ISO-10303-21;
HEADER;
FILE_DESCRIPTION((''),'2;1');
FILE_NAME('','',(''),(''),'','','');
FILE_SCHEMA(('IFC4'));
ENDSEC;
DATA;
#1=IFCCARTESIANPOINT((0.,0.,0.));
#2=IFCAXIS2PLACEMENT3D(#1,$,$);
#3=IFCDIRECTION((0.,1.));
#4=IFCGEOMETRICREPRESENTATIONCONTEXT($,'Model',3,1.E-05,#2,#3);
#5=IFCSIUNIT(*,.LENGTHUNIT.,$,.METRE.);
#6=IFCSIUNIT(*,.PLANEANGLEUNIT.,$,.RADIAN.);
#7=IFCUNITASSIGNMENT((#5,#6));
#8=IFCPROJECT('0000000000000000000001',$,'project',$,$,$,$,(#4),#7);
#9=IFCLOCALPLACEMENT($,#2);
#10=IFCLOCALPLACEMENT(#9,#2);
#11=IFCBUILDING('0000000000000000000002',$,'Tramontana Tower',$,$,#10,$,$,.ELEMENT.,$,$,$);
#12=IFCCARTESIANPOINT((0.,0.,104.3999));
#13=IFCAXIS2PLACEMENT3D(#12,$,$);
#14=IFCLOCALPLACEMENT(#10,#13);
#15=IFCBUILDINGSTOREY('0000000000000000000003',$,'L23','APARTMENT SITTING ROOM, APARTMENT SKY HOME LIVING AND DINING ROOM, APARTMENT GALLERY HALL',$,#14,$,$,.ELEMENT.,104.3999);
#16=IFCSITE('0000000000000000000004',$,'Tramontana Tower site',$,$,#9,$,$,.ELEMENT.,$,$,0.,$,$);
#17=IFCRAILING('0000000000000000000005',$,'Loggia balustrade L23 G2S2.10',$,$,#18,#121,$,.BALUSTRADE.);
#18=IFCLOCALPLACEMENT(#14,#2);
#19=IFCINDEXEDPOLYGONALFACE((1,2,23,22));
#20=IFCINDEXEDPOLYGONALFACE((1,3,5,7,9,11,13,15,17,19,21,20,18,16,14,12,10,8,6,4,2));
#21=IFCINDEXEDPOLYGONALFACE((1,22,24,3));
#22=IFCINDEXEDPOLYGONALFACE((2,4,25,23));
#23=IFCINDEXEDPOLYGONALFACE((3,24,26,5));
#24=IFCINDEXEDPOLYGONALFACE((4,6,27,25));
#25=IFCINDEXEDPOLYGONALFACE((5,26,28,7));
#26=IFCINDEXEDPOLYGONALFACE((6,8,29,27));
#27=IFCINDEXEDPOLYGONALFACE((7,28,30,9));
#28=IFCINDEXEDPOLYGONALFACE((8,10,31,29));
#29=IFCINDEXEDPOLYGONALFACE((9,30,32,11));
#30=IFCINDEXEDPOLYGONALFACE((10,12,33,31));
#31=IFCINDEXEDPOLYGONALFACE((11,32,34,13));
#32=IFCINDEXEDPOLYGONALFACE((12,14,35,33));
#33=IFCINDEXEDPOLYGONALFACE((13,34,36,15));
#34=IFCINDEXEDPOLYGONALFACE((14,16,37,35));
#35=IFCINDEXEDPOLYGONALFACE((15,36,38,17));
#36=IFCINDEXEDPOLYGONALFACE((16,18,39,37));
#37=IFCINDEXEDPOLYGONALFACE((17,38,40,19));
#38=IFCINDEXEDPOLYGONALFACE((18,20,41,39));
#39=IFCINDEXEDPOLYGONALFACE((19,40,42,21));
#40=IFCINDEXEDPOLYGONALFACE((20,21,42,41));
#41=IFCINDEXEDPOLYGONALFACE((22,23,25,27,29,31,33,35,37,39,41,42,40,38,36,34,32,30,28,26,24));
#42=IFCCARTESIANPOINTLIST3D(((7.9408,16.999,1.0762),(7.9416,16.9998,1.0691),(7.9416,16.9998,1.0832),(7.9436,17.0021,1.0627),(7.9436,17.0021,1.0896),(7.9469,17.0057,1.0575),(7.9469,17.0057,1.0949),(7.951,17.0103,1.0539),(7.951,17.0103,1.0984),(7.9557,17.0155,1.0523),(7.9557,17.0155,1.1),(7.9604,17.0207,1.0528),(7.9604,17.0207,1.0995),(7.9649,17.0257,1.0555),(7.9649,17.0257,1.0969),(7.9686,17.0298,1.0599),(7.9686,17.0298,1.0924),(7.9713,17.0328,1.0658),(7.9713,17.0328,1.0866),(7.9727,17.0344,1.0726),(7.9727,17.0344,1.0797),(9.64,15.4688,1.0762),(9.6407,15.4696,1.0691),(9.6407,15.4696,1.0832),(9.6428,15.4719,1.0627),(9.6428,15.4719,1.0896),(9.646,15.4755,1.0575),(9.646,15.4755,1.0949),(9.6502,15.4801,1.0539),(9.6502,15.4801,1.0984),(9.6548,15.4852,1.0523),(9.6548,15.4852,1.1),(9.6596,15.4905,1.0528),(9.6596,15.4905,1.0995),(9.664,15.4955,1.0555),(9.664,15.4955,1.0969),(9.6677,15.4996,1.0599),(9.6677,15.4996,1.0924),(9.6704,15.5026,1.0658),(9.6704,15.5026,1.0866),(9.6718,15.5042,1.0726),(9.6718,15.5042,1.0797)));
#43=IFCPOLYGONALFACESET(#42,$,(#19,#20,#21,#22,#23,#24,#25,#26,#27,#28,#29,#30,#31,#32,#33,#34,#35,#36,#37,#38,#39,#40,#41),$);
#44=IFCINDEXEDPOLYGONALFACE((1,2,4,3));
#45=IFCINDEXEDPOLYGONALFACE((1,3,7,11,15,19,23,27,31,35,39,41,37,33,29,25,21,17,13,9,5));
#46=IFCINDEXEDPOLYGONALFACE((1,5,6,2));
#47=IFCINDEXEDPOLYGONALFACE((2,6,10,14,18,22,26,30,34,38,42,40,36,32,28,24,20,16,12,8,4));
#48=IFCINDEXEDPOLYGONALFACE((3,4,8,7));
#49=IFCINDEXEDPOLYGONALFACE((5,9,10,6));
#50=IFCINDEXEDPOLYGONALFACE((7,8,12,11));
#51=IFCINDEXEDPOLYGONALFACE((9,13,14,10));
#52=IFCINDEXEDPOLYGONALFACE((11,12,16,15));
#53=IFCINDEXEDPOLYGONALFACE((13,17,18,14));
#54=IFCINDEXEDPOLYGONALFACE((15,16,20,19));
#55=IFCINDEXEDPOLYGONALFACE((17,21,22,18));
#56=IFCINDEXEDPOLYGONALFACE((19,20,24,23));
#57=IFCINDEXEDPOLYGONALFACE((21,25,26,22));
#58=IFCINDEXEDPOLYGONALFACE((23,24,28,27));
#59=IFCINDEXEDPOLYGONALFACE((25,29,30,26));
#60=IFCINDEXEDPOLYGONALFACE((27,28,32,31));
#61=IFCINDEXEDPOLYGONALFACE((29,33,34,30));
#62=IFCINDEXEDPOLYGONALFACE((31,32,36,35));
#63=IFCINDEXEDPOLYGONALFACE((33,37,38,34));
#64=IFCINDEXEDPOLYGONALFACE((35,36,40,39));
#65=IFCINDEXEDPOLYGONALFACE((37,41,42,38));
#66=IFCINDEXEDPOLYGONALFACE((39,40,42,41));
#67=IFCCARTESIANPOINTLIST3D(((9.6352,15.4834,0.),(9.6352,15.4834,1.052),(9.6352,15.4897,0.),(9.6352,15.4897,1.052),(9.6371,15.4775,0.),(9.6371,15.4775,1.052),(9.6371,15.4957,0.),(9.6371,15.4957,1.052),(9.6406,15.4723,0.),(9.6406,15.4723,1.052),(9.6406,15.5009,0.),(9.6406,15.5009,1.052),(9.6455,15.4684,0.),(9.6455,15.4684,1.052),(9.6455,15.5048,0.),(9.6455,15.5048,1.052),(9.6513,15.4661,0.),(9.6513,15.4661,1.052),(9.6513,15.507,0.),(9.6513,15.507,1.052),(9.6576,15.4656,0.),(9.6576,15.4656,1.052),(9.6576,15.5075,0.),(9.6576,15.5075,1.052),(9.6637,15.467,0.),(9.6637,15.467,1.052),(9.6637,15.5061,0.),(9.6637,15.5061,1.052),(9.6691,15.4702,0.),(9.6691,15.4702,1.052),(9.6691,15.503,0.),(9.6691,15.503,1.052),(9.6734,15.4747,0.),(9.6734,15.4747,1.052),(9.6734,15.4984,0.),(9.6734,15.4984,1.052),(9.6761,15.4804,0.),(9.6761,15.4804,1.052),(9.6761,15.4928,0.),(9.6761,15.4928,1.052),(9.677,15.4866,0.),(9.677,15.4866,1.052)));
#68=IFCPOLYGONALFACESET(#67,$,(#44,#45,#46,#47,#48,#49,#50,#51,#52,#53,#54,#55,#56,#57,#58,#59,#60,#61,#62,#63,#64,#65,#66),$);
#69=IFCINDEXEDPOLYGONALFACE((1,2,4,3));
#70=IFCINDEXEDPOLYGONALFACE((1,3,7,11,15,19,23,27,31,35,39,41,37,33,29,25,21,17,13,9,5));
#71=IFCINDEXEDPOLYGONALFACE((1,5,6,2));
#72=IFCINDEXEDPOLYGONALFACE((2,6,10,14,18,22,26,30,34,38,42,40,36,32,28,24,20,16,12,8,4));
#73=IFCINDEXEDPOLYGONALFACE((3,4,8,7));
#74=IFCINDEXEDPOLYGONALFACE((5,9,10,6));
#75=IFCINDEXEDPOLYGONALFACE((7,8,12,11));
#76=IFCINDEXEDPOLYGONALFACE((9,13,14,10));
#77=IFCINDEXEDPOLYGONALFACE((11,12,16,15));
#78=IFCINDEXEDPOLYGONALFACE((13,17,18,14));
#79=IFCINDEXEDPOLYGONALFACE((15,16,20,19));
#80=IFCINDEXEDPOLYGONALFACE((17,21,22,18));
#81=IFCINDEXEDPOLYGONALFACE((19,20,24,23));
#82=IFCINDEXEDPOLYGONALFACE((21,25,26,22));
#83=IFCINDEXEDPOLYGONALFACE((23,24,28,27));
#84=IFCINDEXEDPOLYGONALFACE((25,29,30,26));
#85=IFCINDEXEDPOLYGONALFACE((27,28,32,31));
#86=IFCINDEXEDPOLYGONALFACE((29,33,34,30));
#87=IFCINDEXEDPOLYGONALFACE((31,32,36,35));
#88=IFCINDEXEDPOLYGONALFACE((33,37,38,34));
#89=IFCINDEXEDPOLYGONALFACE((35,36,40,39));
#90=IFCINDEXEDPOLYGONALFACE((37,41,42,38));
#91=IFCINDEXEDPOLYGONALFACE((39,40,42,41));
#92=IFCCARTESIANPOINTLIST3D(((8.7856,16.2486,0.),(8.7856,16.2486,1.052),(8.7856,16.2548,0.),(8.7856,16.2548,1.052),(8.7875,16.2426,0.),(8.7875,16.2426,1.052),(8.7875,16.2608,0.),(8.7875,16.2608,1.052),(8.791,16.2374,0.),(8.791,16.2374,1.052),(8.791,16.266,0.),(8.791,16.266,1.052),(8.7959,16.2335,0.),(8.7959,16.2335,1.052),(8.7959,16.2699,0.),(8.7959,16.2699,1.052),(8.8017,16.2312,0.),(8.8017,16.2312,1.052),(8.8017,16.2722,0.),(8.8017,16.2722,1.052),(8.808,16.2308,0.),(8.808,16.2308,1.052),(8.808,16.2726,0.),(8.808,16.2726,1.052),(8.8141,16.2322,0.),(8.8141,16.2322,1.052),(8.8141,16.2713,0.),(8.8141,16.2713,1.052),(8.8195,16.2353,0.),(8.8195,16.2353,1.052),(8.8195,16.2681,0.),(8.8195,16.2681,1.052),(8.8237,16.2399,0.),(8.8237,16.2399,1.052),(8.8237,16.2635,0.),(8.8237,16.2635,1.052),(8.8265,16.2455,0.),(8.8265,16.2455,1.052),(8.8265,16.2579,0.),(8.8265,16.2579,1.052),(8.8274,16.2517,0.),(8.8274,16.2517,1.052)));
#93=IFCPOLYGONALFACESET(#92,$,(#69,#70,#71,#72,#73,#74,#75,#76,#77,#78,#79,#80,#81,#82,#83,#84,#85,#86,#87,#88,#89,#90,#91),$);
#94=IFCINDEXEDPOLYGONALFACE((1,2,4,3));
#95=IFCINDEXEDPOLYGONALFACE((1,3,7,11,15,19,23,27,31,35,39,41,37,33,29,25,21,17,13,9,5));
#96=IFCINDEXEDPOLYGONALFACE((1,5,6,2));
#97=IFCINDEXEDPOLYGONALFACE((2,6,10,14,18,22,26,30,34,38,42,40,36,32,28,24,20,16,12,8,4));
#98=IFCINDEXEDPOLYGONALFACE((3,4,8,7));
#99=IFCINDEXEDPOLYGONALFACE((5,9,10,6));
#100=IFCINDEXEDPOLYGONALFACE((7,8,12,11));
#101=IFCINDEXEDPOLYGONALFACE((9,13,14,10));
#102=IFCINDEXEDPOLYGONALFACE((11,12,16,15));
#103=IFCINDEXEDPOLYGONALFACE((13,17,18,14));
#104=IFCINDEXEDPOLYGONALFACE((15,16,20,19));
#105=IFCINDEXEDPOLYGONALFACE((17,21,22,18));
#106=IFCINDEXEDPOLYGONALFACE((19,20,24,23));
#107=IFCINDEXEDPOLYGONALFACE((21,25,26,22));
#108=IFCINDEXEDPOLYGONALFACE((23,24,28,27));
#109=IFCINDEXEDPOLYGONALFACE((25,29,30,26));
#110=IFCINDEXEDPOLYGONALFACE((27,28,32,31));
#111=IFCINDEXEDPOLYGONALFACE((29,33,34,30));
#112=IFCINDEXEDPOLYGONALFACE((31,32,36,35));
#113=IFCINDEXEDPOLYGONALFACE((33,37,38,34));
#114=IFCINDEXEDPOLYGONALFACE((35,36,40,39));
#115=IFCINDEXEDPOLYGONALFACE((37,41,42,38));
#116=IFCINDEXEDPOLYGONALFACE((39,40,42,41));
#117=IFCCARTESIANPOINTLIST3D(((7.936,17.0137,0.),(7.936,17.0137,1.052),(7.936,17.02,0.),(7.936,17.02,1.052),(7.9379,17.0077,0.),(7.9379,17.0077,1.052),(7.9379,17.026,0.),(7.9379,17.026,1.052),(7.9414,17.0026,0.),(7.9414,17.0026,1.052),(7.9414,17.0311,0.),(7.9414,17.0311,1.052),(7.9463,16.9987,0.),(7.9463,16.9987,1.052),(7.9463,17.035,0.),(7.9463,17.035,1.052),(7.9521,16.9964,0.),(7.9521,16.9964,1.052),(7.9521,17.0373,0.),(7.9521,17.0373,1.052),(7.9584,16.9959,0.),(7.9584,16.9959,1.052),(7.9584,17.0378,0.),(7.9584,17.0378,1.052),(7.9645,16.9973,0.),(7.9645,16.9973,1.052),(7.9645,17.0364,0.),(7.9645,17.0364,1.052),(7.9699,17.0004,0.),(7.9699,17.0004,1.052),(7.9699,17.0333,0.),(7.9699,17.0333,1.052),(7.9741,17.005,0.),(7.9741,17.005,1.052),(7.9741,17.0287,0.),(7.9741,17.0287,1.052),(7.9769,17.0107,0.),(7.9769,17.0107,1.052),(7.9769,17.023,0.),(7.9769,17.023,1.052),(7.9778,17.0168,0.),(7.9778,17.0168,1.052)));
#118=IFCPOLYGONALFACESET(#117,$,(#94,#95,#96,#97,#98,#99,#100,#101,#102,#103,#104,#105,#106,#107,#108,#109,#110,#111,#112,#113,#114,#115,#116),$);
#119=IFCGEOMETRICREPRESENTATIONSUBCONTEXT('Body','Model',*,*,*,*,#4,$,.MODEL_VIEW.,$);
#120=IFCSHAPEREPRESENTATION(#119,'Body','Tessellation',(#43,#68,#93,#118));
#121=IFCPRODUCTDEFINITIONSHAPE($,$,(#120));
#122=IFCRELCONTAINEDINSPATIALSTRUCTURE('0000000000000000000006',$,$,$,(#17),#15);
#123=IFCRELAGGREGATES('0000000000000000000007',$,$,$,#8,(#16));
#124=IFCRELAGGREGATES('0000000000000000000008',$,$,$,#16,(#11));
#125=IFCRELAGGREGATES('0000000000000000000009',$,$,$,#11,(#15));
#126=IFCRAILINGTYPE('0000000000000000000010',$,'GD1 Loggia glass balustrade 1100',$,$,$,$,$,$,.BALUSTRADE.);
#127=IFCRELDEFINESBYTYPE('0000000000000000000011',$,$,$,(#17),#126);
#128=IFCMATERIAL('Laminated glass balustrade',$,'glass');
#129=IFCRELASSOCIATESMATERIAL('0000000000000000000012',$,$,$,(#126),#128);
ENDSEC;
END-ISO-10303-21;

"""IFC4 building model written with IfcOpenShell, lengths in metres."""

from ifc_helpers import new_model, si_unit, direction, frame, origin, origin_2d, place, context, subcontext, project, spatial, circle, extrude, material, type_object, element, save


model = new_model("IFC4")

# Units and contexts
model_context = context("Model", 3, precision=1e-05, world=origin(), true_north=direction((0.0, 1.0)))
body_context = subcontext(model_context, "Body", "Model", "MODEL_VIEW")
ifc_project = project(units=[si_unit("LENGTHUNIT", "METRE"), si_unit("PLANEANGLEUNIT", "RADIAN")], contexts=[model_context])

# Site, building, storey
site_placement = place(None, origin())
site = spatial("IfcSite", under=ifc_project, at=site_placement, Name="Tramontana Tower site", CompositionType="ELEMENT", RefElevation=0.0)
building_placement = place(site_placement, origin())
building = spatial("IfcBuilding", under=site, at=building_placement, Name="Tramontana Tower", CompositionType="ELEMENT")
storey_placement = place(building_placement, frame((0.0, 0.0, 104.3999)))
storey = spatial("IfcBuildingStorey", under=building, at=storey_placement, Name="L23", Description="APARTMENT SITTING ROOM, APARTMENT SKY HOME LIVING AND DINING ROOM, APARTMENT GALLERY HALL", CompositionType="ELEMENT", Elevation=104.3999)

# Railing
ifc_material_1 = material(Name="Laminated glass balustrade", Category="glass")
railing_type = type_object("IfcRailingType", Name="GD1 Loggia glass balustrade 1100", PredefinedType="BALUSTRADE", material=ifc_material_1)
railing_placement = place(storey_placement, frame((9.656, 15.4866, 0.0)))
element("IfcRailing", 1, at=railing_placement, inside=storey, type_object=railing_type, Name="Loggia balustrade L23 G2S2.10", PredefinedType="BALUSTRADE", context=body_context, shape_type="SweptSolid", body=[
    extrude(circle(Radius=0.0239, at=origin_2d()), frame((0.0, 0.0, 1.0762), z_axis=(-0.743082, 0.669201, 0.0), x_axis=(-0.669201, -0.743082, 0.0)), (0.0, 0.0, 1.0), 2.2866),
    extrude(circle(Radius=0.021, at=origin_2d()), origin(), (0.0, 0.0, 1.0), 1.052),
    extrude(circle(Radius=0.021, at=origin_2d()), frame((-0.8496, 0.7651, 0.0)), (0.0, 0.0, 1.0), 1.052),
    extrude(circle(Radius=0.021, at=origin_2d()), frame((-1.6992, 1.5303, 0.0)), (0.0, 0.0, 1.0), 1.052),
])

save(model, "model.ifc")
